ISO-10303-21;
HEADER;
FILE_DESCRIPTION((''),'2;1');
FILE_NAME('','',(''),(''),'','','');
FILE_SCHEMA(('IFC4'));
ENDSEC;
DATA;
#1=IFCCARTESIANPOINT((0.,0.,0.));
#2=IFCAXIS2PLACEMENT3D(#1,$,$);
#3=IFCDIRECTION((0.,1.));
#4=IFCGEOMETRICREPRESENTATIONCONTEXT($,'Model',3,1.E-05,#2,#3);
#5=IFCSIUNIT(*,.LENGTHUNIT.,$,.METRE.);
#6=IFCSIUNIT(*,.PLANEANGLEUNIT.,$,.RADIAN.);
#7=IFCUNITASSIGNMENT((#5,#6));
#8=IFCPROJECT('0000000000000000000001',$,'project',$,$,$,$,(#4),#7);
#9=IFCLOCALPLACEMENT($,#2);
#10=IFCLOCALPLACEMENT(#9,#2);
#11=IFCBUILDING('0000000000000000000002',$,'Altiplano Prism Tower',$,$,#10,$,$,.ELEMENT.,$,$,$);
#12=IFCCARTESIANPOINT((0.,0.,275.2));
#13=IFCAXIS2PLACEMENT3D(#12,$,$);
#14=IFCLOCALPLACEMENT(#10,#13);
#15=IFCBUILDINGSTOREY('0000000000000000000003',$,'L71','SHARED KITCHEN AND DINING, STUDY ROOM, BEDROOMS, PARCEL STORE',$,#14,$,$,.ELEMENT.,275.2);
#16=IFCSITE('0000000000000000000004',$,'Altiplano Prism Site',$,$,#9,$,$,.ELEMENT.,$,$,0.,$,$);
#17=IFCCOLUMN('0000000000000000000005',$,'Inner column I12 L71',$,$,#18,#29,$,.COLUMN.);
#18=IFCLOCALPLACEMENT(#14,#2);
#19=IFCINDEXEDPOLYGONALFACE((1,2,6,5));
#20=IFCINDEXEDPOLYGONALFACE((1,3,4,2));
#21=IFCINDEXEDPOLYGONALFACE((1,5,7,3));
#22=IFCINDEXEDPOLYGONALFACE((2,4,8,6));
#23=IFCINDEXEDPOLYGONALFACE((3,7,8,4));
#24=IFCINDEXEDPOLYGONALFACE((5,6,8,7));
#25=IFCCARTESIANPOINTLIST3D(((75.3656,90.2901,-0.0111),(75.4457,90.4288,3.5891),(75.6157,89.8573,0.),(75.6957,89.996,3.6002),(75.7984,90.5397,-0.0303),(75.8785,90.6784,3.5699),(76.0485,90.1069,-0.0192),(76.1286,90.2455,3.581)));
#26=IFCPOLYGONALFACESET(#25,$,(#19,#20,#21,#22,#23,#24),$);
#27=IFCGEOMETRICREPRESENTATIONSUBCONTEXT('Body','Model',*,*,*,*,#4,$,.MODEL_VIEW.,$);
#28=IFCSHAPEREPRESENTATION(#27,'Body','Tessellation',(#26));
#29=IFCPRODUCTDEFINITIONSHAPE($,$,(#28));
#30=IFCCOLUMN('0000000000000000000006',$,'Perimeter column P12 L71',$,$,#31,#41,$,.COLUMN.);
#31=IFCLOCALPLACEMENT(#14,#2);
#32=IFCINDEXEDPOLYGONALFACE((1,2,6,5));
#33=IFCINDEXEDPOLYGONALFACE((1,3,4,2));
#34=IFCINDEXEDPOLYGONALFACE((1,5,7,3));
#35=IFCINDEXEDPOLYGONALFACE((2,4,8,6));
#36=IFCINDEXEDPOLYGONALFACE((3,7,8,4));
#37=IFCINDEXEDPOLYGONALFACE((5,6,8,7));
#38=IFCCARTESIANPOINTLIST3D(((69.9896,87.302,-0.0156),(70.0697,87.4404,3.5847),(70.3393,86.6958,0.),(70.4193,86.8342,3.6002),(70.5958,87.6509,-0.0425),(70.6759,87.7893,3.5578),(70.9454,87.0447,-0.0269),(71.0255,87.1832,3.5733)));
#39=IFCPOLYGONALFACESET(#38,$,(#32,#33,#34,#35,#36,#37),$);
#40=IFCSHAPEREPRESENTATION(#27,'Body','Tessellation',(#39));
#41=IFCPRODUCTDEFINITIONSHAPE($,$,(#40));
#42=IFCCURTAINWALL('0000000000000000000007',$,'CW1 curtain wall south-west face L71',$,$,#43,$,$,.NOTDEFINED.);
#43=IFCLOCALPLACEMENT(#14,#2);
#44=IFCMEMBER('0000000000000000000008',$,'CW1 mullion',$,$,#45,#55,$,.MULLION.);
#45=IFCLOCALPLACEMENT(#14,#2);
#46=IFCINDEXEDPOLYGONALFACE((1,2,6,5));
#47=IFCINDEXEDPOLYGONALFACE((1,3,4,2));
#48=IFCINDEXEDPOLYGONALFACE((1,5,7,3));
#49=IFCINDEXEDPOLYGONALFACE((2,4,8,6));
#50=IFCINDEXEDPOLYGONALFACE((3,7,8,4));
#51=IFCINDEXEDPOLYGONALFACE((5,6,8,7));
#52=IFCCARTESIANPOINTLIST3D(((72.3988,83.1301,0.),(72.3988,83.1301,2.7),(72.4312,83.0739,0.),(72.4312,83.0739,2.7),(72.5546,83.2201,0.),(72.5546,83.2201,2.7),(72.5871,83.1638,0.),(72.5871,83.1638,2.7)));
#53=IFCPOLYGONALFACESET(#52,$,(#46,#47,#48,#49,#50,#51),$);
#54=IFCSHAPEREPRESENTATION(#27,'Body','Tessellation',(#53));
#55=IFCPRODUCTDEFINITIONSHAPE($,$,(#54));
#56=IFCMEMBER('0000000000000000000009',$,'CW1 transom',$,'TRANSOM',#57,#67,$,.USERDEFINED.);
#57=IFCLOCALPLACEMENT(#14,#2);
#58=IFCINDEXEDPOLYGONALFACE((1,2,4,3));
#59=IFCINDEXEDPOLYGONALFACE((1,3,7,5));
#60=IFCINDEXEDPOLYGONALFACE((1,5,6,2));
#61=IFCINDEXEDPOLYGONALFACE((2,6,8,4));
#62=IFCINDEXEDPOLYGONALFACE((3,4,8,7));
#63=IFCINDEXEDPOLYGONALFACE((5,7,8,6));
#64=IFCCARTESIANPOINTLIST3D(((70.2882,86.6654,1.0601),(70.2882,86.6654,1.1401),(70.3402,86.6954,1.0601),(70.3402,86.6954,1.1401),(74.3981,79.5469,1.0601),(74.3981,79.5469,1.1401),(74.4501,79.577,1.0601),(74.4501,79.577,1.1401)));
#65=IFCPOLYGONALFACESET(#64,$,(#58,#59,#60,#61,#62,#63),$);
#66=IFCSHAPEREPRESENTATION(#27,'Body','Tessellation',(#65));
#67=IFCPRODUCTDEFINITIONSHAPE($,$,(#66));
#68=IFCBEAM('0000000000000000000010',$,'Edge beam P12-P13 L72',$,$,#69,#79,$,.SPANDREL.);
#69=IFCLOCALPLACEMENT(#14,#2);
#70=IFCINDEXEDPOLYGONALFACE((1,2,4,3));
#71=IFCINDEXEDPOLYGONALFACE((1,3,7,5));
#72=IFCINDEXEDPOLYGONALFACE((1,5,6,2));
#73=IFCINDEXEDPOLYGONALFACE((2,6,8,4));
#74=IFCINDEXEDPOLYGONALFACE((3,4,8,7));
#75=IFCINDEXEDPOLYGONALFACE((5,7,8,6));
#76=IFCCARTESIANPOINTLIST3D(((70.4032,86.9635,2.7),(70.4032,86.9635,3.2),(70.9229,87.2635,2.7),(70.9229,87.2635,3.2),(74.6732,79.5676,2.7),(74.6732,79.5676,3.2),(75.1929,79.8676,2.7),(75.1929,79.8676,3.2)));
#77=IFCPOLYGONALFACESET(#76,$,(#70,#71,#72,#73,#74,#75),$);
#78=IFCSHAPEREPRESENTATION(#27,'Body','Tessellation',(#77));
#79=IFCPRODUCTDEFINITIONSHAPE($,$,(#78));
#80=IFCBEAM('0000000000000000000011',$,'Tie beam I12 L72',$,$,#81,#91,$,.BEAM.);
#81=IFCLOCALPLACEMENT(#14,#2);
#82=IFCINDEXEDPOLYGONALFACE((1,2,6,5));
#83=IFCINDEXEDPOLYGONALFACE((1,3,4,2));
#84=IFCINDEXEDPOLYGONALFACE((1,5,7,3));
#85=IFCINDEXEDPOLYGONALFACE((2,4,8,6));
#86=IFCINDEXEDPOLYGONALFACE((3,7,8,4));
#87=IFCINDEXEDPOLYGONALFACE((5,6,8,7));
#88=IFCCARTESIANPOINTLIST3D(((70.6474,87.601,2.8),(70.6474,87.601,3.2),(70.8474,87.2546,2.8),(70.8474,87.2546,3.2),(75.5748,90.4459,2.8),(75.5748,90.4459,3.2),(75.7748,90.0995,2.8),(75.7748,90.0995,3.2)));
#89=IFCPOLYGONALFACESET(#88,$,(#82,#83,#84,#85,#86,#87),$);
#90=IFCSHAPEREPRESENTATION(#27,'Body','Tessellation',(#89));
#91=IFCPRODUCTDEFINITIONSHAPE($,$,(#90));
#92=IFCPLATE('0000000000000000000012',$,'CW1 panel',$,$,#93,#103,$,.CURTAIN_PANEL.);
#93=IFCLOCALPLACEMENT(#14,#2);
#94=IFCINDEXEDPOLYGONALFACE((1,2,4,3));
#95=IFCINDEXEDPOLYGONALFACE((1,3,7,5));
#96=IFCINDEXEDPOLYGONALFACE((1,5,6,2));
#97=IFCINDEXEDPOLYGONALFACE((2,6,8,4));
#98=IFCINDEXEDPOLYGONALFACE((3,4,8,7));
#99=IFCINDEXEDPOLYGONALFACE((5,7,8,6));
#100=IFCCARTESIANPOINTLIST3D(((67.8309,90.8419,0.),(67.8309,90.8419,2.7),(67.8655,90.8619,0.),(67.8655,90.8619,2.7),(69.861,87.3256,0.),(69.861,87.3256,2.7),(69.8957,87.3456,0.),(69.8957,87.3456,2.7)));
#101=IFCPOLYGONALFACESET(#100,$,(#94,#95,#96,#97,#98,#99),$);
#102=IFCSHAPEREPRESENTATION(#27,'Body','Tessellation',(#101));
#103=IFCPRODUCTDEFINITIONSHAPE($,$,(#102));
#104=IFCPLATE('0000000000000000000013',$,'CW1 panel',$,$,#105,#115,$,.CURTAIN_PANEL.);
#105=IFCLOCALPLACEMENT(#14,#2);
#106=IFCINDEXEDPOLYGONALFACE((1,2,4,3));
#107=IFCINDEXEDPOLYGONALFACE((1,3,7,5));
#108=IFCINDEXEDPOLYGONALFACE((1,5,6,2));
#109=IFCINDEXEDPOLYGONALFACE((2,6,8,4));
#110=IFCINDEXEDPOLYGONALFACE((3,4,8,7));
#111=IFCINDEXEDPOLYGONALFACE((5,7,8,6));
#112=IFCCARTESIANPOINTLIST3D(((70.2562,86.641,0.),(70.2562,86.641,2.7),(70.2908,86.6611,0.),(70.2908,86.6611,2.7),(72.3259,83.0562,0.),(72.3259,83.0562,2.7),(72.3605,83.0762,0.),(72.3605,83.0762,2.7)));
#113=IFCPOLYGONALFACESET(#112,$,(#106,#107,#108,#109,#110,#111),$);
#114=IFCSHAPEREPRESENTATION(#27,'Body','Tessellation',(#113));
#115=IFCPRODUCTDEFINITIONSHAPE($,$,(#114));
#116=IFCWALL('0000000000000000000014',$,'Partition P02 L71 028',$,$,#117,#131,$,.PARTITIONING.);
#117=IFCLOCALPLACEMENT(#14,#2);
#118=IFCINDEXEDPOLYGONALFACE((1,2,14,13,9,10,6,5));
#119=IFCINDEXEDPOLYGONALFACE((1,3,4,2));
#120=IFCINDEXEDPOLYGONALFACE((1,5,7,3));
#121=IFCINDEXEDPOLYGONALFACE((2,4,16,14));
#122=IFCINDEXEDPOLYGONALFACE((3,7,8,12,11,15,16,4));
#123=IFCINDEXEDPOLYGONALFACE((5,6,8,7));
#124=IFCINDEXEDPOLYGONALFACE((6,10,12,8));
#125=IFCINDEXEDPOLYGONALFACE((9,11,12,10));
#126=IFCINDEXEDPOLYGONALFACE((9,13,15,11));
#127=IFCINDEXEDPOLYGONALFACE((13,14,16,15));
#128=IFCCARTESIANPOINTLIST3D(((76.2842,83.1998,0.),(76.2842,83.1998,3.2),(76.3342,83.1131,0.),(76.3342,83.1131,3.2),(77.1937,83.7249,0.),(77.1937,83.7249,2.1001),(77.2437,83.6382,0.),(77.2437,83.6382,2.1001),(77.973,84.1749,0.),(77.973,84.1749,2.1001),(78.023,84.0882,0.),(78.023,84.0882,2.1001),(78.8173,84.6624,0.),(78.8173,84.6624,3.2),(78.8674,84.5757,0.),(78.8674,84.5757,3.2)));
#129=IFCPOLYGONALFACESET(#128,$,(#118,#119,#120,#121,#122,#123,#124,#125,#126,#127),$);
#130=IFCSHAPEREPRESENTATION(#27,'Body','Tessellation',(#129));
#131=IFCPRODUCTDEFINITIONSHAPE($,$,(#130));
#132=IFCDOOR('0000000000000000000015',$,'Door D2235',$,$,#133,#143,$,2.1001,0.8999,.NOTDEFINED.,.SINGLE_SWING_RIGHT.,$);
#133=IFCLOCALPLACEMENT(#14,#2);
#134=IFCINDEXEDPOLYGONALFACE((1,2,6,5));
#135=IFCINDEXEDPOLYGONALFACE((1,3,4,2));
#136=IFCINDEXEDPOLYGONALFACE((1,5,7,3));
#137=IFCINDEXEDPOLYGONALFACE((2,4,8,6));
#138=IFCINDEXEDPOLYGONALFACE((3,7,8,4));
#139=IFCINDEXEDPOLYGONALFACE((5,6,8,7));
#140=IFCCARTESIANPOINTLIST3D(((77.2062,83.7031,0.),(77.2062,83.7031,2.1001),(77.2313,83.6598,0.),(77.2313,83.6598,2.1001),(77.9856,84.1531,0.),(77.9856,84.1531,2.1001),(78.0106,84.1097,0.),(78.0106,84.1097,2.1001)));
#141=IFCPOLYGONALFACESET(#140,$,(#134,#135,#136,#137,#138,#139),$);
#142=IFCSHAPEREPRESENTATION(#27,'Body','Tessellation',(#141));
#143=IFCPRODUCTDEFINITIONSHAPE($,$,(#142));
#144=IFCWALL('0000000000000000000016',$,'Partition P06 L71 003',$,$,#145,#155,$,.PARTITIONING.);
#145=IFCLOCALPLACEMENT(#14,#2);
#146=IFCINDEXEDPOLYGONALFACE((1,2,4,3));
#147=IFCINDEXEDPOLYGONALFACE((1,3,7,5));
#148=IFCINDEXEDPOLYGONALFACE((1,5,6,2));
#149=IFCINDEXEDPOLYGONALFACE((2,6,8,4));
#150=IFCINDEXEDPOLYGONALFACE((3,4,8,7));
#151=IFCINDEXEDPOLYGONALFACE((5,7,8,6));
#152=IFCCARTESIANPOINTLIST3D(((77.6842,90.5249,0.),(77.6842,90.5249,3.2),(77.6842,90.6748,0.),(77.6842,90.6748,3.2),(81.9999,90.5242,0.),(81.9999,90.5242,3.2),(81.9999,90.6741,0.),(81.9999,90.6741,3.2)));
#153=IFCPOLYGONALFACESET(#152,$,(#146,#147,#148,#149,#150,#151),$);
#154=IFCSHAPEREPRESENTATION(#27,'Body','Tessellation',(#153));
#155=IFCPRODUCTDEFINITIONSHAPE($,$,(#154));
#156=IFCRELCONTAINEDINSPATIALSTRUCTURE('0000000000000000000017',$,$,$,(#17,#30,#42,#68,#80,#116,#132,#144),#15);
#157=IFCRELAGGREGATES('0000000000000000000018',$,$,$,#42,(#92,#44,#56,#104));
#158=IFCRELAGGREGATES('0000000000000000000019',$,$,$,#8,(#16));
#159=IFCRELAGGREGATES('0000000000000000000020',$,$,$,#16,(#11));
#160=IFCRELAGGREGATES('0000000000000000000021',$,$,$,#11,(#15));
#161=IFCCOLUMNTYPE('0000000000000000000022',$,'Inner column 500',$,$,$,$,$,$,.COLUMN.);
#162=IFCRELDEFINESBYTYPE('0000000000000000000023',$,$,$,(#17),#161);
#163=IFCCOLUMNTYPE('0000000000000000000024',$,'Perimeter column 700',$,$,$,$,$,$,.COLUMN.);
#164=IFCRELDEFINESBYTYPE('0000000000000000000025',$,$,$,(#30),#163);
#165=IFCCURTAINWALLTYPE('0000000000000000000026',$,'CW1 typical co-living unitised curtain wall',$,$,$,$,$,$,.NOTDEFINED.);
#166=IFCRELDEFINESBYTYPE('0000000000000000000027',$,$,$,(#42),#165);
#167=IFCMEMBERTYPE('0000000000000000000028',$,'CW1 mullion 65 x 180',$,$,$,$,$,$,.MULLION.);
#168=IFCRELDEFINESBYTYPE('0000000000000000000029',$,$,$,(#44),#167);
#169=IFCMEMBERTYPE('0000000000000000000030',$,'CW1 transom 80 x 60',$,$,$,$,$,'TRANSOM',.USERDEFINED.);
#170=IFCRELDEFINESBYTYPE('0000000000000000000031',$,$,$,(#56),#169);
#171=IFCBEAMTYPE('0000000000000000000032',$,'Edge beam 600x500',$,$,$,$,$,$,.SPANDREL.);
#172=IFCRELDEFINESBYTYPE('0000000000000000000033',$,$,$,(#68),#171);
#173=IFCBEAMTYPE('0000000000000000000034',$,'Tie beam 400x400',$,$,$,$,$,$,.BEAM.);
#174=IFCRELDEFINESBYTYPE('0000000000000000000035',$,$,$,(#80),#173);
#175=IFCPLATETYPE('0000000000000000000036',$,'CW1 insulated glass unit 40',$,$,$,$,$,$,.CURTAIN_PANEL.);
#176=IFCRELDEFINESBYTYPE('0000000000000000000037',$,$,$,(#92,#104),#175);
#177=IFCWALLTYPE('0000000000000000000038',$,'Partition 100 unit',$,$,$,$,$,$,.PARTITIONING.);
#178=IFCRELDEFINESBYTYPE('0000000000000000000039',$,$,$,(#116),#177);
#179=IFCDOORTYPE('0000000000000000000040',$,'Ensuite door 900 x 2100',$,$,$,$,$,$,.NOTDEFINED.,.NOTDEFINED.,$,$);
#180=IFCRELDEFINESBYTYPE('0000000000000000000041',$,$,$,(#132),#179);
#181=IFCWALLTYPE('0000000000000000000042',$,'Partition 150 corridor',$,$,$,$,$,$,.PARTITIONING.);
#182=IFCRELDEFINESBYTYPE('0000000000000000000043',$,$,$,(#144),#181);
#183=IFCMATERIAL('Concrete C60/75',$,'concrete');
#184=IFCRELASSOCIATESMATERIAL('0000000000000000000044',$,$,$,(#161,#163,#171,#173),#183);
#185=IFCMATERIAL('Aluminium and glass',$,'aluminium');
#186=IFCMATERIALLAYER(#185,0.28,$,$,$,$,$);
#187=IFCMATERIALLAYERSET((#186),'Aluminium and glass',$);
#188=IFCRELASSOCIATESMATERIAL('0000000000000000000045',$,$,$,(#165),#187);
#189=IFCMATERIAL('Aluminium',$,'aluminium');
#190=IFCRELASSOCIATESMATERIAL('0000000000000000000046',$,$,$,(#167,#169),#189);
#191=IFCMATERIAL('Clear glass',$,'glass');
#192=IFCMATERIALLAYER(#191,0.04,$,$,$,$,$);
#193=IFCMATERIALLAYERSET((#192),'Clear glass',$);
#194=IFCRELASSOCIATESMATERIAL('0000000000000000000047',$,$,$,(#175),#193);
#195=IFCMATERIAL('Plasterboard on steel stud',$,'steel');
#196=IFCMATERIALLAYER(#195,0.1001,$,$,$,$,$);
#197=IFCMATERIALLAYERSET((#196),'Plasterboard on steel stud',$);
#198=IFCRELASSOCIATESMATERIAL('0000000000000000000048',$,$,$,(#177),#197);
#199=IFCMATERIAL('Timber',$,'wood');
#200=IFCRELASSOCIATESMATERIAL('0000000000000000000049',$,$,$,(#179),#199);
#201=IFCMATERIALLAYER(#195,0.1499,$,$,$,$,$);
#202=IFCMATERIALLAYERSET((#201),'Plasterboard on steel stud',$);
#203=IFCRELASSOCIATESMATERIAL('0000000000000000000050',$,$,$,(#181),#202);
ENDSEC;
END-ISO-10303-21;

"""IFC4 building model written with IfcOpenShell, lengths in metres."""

from ifc_helpers import new_model, si_unit, direction, frame, frame_2d, origin, origin_2d, place, context, subcontext, project, spatial, rectangle, extrude, material, layer, layer_set, material_profile, profile_set, type_object, element, fill, aggregate, save


model = new_model("IFC4")

# Units and contexts
model_context = context("Model", 3, precision=1e-05, world=origin(), true_north=direction((0.0, 1.0)))
body_context = subcontext(model_context, "Body", "Model", "MODEL_VIEW")
ifc_project = project(units=[si_unit("LENGTHUNIT", "METRE"), si_unit("PLANEANGLEUNIT", "RADIAN")], contexts=[model_context])

# Site, building, storey
site_placement = place(None, origin())
site = spatial("IfcSite", under=ifc_project, at=site_placement, Name="Altiplano Prism Site", CompositionType="ELEMENT", RefElevation=0.0)
building_placement = place(site_placement, origin())
building = spatial("IfcBuilding", under=site, at=building_placement, Name="Altiplano Prism Tower", CompositionType="ELEMENT")
storey_placement = place(building_placement, frame((0.0, 0.0, 275.2)))
storey = spatial("IfcBuildingStorey", under=building, at=storey_placement, Name="L71", Description="SHARED KITCHEN AND DINING, STUDY ROOM, BEDROOMS, PARCEL STORE", CompositionType="ELEMENT", Elevation=275.2)

# Columns
ifc_material_1 = material(Name="Concrete C60/75", Category="concrete")
ifc_material_profile_1 = material_profile(ifc_material_1, rectangle(XDim=0.5, YDim=0.5, at=origin_2d()), Name="Inner column 500")
ifc_profile_set_1 = profile_set([ifc_material_profile_1], Name="Concrete C60/75")
column_type_1 = type_object("IfcColumnType", Name="Inner column 500", PredefinedType="COLUMN", material=ifc_profile_set_1)
column_1_placement = place(storey_placement, frame((75.707, 90.1985, -0.0151), z_axis=(0.022221, 0.038481, 0.999012), x_axis=(-0.865638, -0.499189, 0.038483)))
element("IfcColumn", 1, at=column_1_placement, inside=storey, type_object=column_type_1, Name="Inner column I12 L71", PredefinedType="COLUMN", context=body_context, shape_type="SweptSolid", body=[
    extrude(rectangle(XDim=0.5, YDim=0.5, at=origin_2d()), origin(), (0.0, 0.0, 1.0), 3.6038),
])
ifc_material_profile_2 = material_profile(ifc_material_1, rectangle(XDim=0.7, YDim=0.7, at=origin_2d()), Name="Perimeter column 700")
ifc_profile_set_2 = profile_set([ifc_material_profile_2], Name="Concrete C60/75")
column_type_2 = type_object("IfcColumnType", Name="Perimeter column 700", PredefinedType="COLUMN", material=ifc_profile_set_2)
column_2_placement = place(storey_placement, frame((70.4675, 87.1733, -0.0212), z_axis=(0.022221, 0.038413, 0.999015), x_axis=(-0.86602, -0.49853, 0.038432)))
element("IfcColumn", 2, at=column_2_placement, inside=storey, type_object=column_type_2, Name="Perimeter column P12 L71", PredefinedType="COLUMN", context=body_context, shape_type="SweptSolid", body=[
    extrude(rectangle(XDim=0.7, YDim=0.7, at=origin_2d()), origin(), (0.0, 0.0, 1.0), 3.6038),
])

# Curtain wall, members
ifc_material_2 = material(Name="Aluminium and glass", Category="aluminium")
ifc_layer_1 = layer(ifc_material_2, 0.28)
ifc_layer_set_1 = layer_set([ifc_layer_1], Name="Aluminium and glass")
curtain_wall_type = type_object("IfcCurtainWallType", Name="CW1 typical co-living unitised curtain wall", PredefinedType="NOTDEFINED", material=ifc_layer_set_1)
curtain_wall_placement = place(storey_placement, origin())
curtain_wall = element("IfcCurtainWall", 3, at=curtain_wall_placement, inside=storey, type_object=curtain_wall_type, Name="CW1 curtain wall south-west face L71", PredefinedType="NOTDEFINED")
ifc_material_3 = material(Name="Aluminium", Category="aluminium")
ifc_material_profile_3 = material_profile(ifc_material_3, rectangle(XDim=0.1799, YDim=0.0649, at=origin_2d()), Name="CW1 mullion 65 x 180")
ifc_profile_set_3 = profile_set([ifc_material_profile_3], Name="Aluminium")
member_type_1 = type_object("IfcMemberType", Name="CW1 mullion 65 x 180", PredefinedType="MULLION", material=ifc_profile_set_3)
member_1_placement = place(storey_placement, frame((72.4929, 83.147, 0.0), z_axis=(0.0, 0.0, 1.0), x_axis=(0.866025, 0.5, 0.0)))
member_1 = element("IfcMember", 4, at=member_1_placement, type_object=member_type_1, Name="CW1 mullion", PredefinedType="MULLION", context=body_context, shape_type="SweptSolid", body=[
    extrude(rectangle(XDim=0.1799, YDim=0.0649, at=origin_2d()), origin(), (0.0, 0.0, 1.0), 2.7),
])
ifc_material_profile_4 = material_profile(ifc_material_3, rectangle(XDim=0.0601, YDim=0.0801, at=origin_2d()), Name="CW1 transom 80 x 60")
ifc_profile_set_4 = profile_set([ifc_material_profile_4], Name="Aluminium")
member_type_2 = type_object("IfcMemberType", Name="CW1 transom 80 x 60", ElementType="TRANSOM", PredefinedType="USERDEFINED", material=ifc_profile_set_4)
member_2_placement = place(storey_placement, frame((70.3142, 86.6804, 1.1001), z_axis=(0.500004, -0.866023, 0.0), x_axis=(0.866023, 0.500004, 0.0)))
member_2 = element("IfcMember", 5, at=member_2_placement, type_object=member_type_2, Name="CW1 transom", ObjectType="TRANSOM", PredefinedType="USERDEFINED", context=body_context, shape_type="SweptSolid", body=[
    extrude(rectangle(XDim=0.0601, YDim=0.0801, at=origin_2d()), origin(), (0.0, 0.0, 1.0), 8.2197),
])

# Beams
ifc_material_profile_5 = material_profile(ifc_material_1, rectangle(XDim=0.6001, YDim=0.5, at=origin_2d()), Name="Edge beam 600x500")
ifc_profile_set_5 = profile_set([ifc_material_profile_5], Name="Concrete C60/75")
beam_type_1 = type_object("IfcBeamType", Name="Edge beam 600x500", PredefinedType="SPANDREL", material=ifc_profile_set_5)
beam_1_placement = place(storey_placement, frame((70.6631, 87.1135, 2.95), z_axis=(0.499995, -0.866028, 0.0), x_axis=(0.866028, 0.499995, 0.0)))
element("IfcBeam", 6, at=beam_1_placement, inside=storey, type_object=beam_type_1, Name="Edge beam P12-P13 L72", PredefinedType="SPANDREL", context=body_context, shape_type="SweptSolid", body=[
    extrude(rectangle(XDim=0.6001, YDim=0.5, at=origin_2d()), origin(), (0.0, 0.0, 1.0), 8.54),
])
ifc_material_profile_6 = material_profile(ifc_material_1, rectangle(XDim=0.3999, YDim=0.3999, at=origin_2d()), Name="Tie beam 400x400")
ifc_profile_set_6 = profile_set([ifc_material_profile_6], Name="Concrete C60/75")
beam_type_2 = type_object("IfcBeamType", Name="Tie beam 400x400", PredefinedType="BEAM", material=ifc_profile_set_6)
beam_2_placement = place(storey_placement, frame((75.6748, 90.2727, 3.0), z_axis=(-0.866019, -0.500011, 0.0), x_axis=(0.500011, -0.866019, 0.0)))
element("IfcBeam", 7, at=beam_2_placement, inside=storey, type_object=beam_type_2, Name="Tie beam I12 L72", PredefinedType="BEAM", context=body_context, shape_type="SweptSolid", body=[
    extrude(rectangle(XDim=0.3999, YDim=0.3999, at=origin_2d()), origin(), (0.0, 0.0, 1.0), 5.6897),
])

# Plates
ifc_material_4 = material(Name="Clear glass", Category="glass")
ifc_layer_2 = layer(ifc_material_4, 0.04)
ifc_layer_set_2 = layer_set([ifc_layer_2], Name="Clear glass")
plate_type = type_object("IfcPlateType", Name="CW1 insulated glass unit 40", PredefinedType="CURTAIN_PANEL", material=ifc_layer_set_2)
plate_1_placement = place(storey_placement, frame((68.8633, 89.0938, 0.0), z_axis=(0.0, 0.0, 1.0), x_axis=(0.5, -0.866025, 0.0)))
plate_1 = element("IfcPlate", 8, at=plate_1_placement, type_object=plate_type, Name="CW1 panel", PredefinedType="CURTAIN_PANEL", context=body_context, shape_type="SweptSolid", body=[
    extrude(rectangle(XDim=4.0603, YDim=0.04, at=origin_2d()), origin(), (0.0, 0.0, 1.0), 2.7),
])
plate_2_placement = place(storey_placement, frame((71.3083, 84.8586, 0.0), z_axis=(0.0, 0.0, 1.0), x_axis=(0.5, -0.866025, 0.0)))
plate_2 = element("IfcPlate", 9, at=plate_2_placement, type_object=plate_type, Name="CW1 panel", PredefinedType="CURTAIN_PANEL", context=body_context, shape_type="SweptSolid", body=[
    extrude(rectangle(XDim=4.1394, YDim=0.04, at=origin_2d()), origin(), (0.0, 0.0, 1.0), 2.7),
])
aggregate(curtain_wall, [plate_1, member_1, member_2, plate_2])

# Wall, opening, door
ifc_material_5 = material(Name="Plasterboard on steel stud", Category="steel")
ifc_layer_3 = layer(ifc_material_5, 0.1001)
ifc_layer_set_3 = layer_set([ifc_layer_3], Name="Plasterboard on steel stud")
wall_type_1 = type_object("IfcWallType", Name="Partition 100 unit", PredefinedType="PARTITIONING", material=ifc_layer_set_3)
wall_1_placement = place(storey_placement, frame((76.3093, 83.1565, 0.0), z_axis=(0.0, 0.0, 1.0), x_axis=(0.86601, 0.500026, 0.0)))
wall_1 = element("IfcWall", 10, at=wall_1_placement, inside=storey, type_object=wall_type_1, Name="Partition P02 L71 028", PredefinedType="PARTITIONING", context=body_context, shape_type="SweptSolid", body=[
    extrude(rectangle(XDim=2.925, YDim=0.1001, at=frame_2d((1.4624, 0.0))), origin(), (0.0, 0.0, 1.0), 3.2),
])
opening_1_placement = place(wall_1_placement, frame((1.05, 0.0, 0.0)))
opening_1 = element("IfcOpeningElement", 11, at=opening_1_placement, cuts=wall_1, PredefinedType="OPENING", context=body_context, shape_type="SweptSolid", body=[
    extrude(rectangle(XDim=0.8999, YDim=2.1001, at=frame_2d((0.45, 1.05))), frame((0.0, 0.0605, 0.0), z_axis=(0.0, -1.0, 0.0), x_axis=(1.0, 0.0, 0.0)), (0.0, 0.0, 1.0), 0.1211),
])
ifc_material_6 = material(Name="Timber", Category="wood")
door_type_1 = type_object("IfcDoorType", Name="Ensuite door 900 x 2100", OperationType="NOTDEFINED", PredefinedType="NOTDEFINED", material=ifc_material_6)
door_1_placement = place(opening_1_placement, origin())
door_1 = element("IfcDoor", 12, at=door_1_placement, inside=storey, type_object=door_type_1, Name="Door D2235", OperationType="SINGLE_SWING_RIGHT", OverallHeight=2.1001, OverallWidth=0.8999, PredefinedType="NOTDEFINED", context=body_context, shape_type="SweptSolid", body=[
    extrude(rectangle(XDim=0.8999, YDim=2.1001, at=frame_2d((0.45, 1.05))), frame((0.0, 0.0249, 0.0), z_axis=(0.0, -1.0, 0.0), x_axis=(1.0, 0.0, 0.0)), (0.0, 0.0, 1.0), 0.05),
])
fill(opening_1, door_1)

# Wall
ifc_layer_4 = layer(ifc_material_5, 0.1499)
ifc_layer_set_4 = layer_set([ifc_layer_4], Name="Plasterboard on steel stud")
wall_type_2 = type_object("IfcWallType", Name="Partition 150 corridor", PredefinedType="PARTITIONING", material=ifc_layer_set_4)
wall_2_placement = place(storey_placement, frame((77.6843, 90.5999, 0.0), z_axis=(0.0, 0.0, 1.0), x_axis=(1.0, -0.00017, 0.0)))
element("IfcWall", 13, at=wall_2_placement, inside=storey, type_object=wall_type_2, Name="Partition P06 L71 003", PredefinedType="PARTITIONING", context=body_context, shape_type="SweptSolid", body=[
    extrude(rectangle(XDim=4.3157, YDim=0.1499, at=frame_2d((2.1577, 0.0))), origin(), (0.0, 0.0, 1.0), 3.2),
])

save(model, "model.ifc")
